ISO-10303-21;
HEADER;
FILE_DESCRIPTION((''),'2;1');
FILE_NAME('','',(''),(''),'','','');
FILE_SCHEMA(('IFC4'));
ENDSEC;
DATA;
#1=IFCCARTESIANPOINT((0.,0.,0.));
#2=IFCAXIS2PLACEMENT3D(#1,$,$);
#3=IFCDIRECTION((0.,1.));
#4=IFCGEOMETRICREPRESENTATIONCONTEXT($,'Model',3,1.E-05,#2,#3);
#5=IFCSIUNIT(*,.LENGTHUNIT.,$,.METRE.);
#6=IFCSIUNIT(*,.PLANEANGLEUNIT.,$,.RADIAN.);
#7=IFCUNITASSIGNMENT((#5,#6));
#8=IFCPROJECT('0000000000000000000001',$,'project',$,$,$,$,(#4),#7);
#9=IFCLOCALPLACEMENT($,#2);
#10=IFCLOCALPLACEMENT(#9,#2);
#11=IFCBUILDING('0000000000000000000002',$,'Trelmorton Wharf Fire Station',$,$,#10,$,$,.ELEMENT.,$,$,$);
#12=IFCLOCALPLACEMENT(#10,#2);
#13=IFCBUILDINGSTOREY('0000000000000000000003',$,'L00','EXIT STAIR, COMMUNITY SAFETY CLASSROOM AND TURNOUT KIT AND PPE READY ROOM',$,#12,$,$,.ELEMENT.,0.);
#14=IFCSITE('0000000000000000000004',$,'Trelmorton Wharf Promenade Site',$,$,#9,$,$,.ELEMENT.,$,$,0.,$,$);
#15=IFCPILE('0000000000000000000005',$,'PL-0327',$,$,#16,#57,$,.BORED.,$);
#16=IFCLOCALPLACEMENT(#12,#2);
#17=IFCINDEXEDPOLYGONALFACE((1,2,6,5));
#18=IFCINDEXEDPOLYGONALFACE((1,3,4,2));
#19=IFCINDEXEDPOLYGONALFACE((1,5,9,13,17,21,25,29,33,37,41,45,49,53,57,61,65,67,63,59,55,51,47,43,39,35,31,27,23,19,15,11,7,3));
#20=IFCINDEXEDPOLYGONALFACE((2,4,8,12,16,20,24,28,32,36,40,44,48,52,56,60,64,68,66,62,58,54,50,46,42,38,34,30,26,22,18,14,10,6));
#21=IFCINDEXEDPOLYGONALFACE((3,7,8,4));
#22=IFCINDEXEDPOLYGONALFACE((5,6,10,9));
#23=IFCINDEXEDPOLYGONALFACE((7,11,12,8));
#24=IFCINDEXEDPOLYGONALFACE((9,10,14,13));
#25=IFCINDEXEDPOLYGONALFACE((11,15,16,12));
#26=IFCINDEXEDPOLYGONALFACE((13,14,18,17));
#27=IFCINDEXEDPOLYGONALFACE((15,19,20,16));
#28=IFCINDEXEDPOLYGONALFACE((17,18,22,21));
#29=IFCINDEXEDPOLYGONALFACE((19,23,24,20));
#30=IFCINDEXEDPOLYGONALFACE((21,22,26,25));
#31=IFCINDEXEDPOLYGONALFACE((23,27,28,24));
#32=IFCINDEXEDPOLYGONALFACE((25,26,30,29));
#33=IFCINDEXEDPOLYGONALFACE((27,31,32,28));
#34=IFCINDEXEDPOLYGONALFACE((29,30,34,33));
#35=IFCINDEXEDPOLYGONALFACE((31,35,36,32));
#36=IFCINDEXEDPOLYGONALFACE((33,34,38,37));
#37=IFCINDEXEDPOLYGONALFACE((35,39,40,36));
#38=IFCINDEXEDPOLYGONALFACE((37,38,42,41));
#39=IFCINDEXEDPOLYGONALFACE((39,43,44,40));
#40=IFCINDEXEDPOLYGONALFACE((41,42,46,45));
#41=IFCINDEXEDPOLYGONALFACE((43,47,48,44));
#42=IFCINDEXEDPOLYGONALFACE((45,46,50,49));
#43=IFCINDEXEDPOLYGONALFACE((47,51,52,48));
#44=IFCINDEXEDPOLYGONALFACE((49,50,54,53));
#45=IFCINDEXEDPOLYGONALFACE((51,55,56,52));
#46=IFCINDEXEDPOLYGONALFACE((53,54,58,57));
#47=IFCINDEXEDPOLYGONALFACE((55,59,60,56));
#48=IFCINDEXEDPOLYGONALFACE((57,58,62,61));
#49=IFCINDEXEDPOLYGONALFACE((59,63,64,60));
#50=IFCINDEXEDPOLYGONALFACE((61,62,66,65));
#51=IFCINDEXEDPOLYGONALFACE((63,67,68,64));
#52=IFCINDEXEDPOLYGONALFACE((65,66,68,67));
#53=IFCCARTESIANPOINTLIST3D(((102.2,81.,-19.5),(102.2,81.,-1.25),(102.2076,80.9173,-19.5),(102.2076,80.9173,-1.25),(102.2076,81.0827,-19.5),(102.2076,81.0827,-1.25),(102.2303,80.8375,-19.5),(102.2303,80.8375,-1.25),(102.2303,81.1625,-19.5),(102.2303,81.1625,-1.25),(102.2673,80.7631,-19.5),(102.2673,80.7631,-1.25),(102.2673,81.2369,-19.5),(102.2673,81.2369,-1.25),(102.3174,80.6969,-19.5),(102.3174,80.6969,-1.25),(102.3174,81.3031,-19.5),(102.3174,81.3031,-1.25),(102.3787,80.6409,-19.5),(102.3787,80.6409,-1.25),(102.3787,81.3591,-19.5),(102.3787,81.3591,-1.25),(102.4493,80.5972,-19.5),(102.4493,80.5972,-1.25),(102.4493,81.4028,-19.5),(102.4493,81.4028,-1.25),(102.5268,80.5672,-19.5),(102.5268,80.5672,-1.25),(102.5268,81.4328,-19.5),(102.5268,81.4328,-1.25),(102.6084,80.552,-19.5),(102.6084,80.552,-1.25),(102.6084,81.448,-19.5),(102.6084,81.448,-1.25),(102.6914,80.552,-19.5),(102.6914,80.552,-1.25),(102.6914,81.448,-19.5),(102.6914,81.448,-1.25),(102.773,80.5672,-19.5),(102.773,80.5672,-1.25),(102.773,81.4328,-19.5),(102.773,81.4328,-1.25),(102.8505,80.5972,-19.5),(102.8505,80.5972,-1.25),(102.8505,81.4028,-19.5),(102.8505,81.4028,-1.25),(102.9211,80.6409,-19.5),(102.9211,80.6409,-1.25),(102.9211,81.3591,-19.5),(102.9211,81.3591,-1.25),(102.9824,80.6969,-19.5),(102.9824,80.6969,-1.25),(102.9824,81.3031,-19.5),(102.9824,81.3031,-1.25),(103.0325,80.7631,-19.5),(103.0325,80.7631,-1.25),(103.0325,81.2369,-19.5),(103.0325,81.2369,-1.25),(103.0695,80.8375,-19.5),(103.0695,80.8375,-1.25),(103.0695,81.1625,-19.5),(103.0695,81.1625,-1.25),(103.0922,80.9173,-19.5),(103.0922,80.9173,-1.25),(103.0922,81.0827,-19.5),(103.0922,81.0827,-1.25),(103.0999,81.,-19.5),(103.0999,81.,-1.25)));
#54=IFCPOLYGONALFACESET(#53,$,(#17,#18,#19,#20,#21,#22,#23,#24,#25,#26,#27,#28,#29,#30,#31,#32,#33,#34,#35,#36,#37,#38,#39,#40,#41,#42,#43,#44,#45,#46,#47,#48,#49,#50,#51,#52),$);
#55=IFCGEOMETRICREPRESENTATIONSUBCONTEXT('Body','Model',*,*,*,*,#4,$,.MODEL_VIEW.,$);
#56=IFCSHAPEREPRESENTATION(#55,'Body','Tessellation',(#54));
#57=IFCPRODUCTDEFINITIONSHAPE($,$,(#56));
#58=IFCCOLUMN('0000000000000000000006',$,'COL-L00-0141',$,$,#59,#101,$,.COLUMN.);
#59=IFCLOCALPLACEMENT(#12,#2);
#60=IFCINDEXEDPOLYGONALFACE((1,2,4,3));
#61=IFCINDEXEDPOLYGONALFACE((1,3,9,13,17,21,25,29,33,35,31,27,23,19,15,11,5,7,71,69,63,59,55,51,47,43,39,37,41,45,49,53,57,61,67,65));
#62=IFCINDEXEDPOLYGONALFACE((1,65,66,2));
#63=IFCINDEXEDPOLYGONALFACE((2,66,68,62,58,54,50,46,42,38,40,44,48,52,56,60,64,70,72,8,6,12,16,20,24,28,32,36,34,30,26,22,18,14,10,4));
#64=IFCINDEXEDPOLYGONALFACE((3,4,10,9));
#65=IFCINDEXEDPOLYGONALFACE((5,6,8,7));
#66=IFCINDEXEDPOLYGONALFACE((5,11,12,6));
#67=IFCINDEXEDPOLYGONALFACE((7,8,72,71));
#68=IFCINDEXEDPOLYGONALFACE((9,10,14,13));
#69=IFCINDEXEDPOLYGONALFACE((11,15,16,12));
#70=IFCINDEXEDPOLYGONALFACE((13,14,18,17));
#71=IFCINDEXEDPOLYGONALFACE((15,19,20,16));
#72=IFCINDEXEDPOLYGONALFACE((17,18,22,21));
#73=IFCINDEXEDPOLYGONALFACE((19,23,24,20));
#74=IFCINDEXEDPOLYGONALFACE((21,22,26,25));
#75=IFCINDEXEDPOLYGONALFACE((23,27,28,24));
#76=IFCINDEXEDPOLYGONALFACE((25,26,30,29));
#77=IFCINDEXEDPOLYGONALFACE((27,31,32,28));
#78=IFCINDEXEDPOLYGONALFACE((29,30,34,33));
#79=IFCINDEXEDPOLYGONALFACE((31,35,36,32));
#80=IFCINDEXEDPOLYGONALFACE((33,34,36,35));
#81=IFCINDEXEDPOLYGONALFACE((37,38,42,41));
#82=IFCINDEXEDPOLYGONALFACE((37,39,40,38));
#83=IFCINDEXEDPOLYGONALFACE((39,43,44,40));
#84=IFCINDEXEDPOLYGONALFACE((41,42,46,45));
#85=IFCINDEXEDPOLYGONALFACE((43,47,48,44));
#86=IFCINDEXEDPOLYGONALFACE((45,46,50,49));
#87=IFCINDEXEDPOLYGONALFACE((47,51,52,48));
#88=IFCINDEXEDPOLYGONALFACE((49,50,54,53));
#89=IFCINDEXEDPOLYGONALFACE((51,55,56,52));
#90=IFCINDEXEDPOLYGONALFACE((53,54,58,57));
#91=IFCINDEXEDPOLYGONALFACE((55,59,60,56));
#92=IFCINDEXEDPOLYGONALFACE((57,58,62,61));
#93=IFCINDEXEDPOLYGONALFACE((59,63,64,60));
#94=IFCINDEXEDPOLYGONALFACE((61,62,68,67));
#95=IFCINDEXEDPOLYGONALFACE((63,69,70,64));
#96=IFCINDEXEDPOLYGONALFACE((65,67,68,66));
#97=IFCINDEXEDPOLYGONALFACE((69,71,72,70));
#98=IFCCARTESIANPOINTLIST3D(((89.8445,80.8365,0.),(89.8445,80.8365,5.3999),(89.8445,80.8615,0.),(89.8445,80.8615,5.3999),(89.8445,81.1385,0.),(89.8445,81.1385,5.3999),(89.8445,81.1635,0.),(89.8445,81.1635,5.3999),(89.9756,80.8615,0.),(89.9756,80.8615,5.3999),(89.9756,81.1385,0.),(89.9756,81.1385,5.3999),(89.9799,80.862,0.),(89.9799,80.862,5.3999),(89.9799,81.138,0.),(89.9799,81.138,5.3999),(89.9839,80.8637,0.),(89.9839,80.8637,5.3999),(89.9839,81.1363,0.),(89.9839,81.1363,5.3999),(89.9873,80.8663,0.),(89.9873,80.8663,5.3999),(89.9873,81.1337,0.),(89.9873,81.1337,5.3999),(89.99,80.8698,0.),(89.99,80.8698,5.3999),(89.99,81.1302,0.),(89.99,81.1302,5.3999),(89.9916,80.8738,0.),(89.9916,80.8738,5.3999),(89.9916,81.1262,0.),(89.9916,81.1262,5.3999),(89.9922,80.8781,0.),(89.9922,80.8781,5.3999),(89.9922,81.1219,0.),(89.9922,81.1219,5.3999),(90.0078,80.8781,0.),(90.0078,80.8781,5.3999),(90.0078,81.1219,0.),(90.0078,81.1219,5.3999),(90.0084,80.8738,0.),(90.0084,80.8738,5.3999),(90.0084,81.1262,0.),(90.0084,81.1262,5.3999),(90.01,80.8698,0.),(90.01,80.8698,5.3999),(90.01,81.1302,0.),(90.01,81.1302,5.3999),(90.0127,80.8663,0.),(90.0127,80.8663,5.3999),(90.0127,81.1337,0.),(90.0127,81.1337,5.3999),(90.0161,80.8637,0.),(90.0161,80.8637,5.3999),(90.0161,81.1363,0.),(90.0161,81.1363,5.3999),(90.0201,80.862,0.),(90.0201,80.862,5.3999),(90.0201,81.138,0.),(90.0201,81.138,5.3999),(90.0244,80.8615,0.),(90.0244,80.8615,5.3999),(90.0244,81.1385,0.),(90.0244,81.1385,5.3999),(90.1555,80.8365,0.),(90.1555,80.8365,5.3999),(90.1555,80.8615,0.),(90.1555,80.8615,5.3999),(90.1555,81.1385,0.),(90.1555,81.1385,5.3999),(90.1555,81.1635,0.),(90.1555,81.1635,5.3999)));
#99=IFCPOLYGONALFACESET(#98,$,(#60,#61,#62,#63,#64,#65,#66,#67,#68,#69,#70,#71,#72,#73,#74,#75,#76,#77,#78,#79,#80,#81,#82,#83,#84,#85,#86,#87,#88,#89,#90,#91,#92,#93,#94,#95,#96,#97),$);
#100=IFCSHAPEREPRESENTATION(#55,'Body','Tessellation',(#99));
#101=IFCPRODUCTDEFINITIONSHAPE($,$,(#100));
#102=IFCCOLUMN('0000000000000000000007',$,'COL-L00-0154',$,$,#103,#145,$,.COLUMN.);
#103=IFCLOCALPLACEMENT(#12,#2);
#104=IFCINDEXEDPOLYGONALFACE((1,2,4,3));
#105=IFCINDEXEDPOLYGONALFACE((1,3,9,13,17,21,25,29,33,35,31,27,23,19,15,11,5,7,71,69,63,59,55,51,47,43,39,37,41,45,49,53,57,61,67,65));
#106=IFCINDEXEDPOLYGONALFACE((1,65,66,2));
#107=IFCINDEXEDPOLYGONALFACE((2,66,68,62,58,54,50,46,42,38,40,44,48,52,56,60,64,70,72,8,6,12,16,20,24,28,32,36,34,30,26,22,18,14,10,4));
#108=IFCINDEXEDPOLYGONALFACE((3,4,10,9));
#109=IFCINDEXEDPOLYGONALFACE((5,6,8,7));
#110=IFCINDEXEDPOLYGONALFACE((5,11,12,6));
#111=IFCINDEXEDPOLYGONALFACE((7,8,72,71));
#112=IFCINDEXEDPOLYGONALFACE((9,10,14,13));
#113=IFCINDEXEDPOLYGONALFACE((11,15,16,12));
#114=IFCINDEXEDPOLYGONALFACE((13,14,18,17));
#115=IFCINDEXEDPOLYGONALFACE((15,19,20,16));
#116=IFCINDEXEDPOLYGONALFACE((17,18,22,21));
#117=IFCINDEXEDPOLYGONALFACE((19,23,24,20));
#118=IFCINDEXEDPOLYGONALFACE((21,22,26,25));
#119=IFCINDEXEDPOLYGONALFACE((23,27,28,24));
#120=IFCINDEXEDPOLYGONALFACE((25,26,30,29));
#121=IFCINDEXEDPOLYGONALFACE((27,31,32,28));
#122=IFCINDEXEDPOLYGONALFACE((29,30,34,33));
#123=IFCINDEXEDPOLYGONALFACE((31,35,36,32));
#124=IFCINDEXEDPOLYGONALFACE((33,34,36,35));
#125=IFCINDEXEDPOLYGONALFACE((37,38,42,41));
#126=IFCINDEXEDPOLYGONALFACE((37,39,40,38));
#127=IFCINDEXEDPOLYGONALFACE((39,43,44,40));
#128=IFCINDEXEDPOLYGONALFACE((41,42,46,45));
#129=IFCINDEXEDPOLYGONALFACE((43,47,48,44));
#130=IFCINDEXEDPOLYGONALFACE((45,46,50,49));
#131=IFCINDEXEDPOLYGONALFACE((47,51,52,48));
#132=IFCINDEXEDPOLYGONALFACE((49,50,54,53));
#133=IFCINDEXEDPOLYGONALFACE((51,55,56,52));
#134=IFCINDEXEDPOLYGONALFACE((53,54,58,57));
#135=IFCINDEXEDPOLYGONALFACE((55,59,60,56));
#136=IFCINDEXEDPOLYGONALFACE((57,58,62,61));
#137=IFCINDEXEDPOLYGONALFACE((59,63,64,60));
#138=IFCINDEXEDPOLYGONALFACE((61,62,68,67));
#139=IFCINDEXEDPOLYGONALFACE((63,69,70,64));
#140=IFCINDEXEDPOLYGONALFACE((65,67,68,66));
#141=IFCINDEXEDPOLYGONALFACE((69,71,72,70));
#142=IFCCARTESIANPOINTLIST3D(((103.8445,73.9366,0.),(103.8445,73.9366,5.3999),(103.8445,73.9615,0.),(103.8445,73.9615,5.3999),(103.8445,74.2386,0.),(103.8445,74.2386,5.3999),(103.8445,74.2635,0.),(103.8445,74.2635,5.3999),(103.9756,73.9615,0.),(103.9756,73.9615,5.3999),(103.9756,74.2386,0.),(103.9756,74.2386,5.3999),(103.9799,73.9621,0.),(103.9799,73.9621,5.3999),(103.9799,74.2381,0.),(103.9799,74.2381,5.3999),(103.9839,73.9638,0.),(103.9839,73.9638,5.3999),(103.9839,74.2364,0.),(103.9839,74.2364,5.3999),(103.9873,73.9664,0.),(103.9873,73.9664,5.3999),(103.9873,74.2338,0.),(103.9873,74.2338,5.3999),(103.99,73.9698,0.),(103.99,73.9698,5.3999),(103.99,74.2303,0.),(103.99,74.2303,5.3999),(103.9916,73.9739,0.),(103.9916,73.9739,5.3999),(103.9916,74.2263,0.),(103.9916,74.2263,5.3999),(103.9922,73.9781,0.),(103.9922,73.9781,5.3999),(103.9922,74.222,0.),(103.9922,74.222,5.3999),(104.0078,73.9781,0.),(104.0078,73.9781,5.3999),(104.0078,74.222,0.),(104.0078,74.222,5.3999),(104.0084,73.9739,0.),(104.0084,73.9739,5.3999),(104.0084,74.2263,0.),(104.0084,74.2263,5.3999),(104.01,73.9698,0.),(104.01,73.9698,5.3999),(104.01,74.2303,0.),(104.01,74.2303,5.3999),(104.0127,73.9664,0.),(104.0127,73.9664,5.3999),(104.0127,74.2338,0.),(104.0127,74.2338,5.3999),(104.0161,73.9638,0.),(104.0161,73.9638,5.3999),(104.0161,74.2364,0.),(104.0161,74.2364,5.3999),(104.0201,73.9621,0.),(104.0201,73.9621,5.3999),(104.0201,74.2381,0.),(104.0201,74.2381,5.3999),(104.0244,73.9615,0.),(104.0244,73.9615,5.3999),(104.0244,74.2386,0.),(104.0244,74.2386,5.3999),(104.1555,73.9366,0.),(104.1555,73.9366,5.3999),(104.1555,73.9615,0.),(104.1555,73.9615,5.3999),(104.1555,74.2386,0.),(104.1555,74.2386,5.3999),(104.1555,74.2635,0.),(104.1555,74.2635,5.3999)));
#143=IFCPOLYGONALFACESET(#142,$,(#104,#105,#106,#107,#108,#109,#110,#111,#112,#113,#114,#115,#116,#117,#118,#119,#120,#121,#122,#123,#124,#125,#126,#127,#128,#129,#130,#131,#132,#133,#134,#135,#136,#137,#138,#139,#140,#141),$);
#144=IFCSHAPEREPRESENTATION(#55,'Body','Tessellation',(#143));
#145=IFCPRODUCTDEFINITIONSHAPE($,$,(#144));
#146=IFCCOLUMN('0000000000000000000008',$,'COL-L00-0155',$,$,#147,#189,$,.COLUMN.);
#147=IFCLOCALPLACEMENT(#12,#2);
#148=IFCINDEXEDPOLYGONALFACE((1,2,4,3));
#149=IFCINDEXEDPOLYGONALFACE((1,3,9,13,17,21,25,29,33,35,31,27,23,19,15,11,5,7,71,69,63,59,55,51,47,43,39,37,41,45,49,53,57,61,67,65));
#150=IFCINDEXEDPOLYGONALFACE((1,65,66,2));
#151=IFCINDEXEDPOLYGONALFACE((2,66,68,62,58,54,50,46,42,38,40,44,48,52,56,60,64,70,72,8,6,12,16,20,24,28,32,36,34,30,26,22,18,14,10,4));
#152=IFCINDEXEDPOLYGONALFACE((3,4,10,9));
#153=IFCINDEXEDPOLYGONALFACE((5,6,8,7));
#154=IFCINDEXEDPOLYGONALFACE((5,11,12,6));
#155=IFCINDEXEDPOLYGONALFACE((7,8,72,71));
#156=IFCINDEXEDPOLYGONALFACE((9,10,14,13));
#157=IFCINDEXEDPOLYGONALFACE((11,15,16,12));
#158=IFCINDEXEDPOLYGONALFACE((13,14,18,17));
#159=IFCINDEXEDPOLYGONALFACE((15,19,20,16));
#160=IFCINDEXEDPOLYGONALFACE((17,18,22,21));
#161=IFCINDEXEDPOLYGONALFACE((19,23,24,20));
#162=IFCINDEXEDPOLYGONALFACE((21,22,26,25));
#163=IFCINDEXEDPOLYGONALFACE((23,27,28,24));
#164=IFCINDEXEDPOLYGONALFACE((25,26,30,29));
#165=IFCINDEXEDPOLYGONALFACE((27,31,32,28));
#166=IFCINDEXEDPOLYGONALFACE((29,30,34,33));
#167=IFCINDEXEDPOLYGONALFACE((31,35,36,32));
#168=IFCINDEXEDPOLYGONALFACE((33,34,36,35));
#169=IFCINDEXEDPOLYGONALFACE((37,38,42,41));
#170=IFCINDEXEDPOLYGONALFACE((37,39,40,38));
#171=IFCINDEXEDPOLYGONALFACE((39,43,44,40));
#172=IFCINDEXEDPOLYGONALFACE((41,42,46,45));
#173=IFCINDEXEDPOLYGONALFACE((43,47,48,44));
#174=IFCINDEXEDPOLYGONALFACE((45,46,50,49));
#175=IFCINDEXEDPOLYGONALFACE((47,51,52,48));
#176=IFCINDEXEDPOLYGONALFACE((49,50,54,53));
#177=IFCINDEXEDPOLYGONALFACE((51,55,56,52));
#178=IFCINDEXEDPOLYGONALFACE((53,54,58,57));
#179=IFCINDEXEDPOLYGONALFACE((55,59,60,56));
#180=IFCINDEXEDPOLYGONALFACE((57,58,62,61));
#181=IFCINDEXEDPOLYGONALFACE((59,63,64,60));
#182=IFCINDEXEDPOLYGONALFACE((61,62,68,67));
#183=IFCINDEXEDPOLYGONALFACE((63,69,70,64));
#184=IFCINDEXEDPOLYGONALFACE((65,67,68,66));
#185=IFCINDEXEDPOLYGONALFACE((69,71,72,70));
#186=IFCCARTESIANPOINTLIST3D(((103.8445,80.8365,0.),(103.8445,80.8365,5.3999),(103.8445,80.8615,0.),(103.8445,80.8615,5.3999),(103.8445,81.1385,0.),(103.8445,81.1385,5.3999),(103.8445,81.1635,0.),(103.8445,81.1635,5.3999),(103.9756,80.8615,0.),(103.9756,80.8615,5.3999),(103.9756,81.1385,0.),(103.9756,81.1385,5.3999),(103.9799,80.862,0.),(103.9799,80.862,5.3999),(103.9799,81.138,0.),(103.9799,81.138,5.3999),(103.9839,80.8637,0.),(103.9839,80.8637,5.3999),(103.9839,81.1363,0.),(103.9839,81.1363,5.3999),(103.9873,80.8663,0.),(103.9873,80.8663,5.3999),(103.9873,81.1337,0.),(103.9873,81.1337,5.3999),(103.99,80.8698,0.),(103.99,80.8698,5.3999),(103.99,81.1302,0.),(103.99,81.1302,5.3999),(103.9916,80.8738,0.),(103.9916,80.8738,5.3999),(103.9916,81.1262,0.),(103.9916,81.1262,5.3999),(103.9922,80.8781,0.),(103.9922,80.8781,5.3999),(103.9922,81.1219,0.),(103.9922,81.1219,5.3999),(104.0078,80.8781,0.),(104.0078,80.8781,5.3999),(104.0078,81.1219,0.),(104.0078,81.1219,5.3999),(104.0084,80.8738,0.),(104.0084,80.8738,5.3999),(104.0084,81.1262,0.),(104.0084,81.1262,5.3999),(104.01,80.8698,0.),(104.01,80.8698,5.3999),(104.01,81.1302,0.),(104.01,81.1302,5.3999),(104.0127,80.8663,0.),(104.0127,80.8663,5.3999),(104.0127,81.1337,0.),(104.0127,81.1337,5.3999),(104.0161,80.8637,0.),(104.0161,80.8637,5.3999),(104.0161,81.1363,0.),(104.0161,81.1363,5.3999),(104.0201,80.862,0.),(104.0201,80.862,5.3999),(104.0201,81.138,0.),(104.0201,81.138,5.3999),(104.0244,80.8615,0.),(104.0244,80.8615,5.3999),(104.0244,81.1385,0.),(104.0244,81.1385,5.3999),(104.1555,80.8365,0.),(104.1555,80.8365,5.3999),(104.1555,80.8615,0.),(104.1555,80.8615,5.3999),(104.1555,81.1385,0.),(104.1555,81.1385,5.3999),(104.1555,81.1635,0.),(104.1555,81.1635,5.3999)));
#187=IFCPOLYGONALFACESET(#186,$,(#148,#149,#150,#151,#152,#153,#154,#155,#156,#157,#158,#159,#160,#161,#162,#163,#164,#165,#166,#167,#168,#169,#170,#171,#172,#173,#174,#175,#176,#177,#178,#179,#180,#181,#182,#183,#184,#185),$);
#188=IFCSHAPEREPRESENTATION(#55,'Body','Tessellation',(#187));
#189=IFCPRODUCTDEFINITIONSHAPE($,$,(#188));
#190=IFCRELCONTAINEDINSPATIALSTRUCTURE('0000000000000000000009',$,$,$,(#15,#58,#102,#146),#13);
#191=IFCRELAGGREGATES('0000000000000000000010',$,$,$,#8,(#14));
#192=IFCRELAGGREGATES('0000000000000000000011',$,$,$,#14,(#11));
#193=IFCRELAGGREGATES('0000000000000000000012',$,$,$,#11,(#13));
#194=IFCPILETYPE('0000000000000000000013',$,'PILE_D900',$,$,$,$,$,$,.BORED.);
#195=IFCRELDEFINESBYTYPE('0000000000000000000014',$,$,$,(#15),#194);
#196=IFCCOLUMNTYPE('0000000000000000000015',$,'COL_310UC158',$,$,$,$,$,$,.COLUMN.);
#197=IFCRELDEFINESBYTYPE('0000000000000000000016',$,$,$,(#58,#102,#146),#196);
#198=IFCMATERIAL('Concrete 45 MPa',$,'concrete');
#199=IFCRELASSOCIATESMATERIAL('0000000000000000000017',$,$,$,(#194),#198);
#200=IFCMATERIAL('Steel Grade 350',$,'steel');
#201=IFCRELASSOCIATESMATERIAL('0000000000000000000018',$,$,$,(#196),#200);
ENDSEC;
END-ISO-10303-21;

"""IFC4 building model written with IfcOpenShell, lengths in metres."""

from ifc_helpers import new_model, si_unit, direction, frame, origin, origin_2d, place, context, subcontext, project, spatial, circle, i_section, extrude, material, material_profile, profile_set, type_object, element, save


model = new_model("IFC4")

# Units and contexts
model_context = context("Model", 3, precision=1e-05, world=origin(), true_north=direction((0.0, 1.0)))
body_context = subcontext(model_context, "Body", "Model", "MODEL_VIEW")
ifc_project = project(units=[si_unit("LENGTHUNIT", "METRE"), si_unit("PLANEANGLEUNIT", "RADIAN")], contexts=[model_context])

# Site, building, storey
site_placement = place(None, origin())
site = spatial("IfcSite", under=ifc_project, at=site_placement, Name="Trelmorton Wharf Promenade Site", CompositionType="ELEMENT", RefElevation=0.0)
building_placement = place(site_placement, origin())
building = spatial("IfcBuilding", under=site, at=building_placement, Name="Trelmorton Wharf Fire Station", CompositionType="ELEMENT")
storey_placement = place(building_placement, origin())
storey = spatial("IfcBuildingStorey", under=building, at=storey_placement, Name="L00", Description="EXIT STAIR, COMMUNITY SAFETY CLASSROOM AND TURNOUT KIT AND PPE READY ROOM", CompositionType="ELEMENT", Elevation=0.0)

# Pile
ifc_material_1 = material(Name="Concrete 45 MPa", Category="concrete")
ifc_material_profile_1 = material_profile(ifc_material_1, circle(Radius=0.45, at=origin_2d()), Name="PILE-D900")
ifc_profile_set_1 = profile_set([ifc_material_profile_1], Name="Concrete 45 MPa")
pile_type = type_object("IfcPileType", Name="PILE_D900", PredefinedType="BORED", material=ifc_profile_set_1)
for number, where, z_axis, x_axis, name in (
    (1, (102.6499, 81.0, -1.25), (0.0, 0.0, -1.0), (1.0, 0.0, 0.0), "PL-0327"),
):
    element("IfcPile", number, at=place(storey_placement, frame(where, z_axis=z_axis, x_axis=x_axis)), inside=storey, type_object=pile_type, Name=name, PredefinedType="BORED", context=body_context, shape_type="SweptSolid", body=[
        extrude(circle(Radius=0.45, at=origin_2d()), origin(), (0.0, 0.0, 1.0), 18.25),
    ])

# Columns
ifc_material_2 = material(Name="Steel Grade 350", Category="steel")
ifc_material_profile_2 = material_profile(ifc_material_2, i_section(OverallWidth=0.311, OverallDepth=0.3269, WebThickness=0.0156, FlangeThickness=0.0249, FilletRadius=0.0166, at=origin_2d()), Name="310UC158")
ifc_profile_set_2 = profile_set([ifc_material_profile_2], Name="Steel Grade 350")
column_type = type_object("IfcColumnType", Name="COL_310UC158", PredefinedType="COLUMN", material=ifc_profile_set_2)
for number, where, z_axis, x_axis, name in (
    (2, (90.0, 81.0, 0.0), (0.0, 0.0, 1.0), (1.0, 0.0, 0.0), "COL-L00-0141"),
    (3, (104.0, 74.1001, 0.0), (0.0, 0.0, 1.0), (1.0, 0.0, 0.0), "COL-L00-0154"),
    (4, (104.0, 81.0, 0.0), (0.0, 0.0, 1.0), (1.0, 0.0, 0.0), "COL-L00-0155"),
):
    element("IfcColumn", number, at=place(storey_placement, frame(where, z_axis=z_axis, x_axis=x_axis)), inside=storey, type_object=column_type, Name=name, PredefinedType="COLUMN", context=body_context, shape_type="SweptSolid", body=[
        extrude(i_section(OverallWidth=0.311, OverallDepth=0.3269, WebThickness=0.0156, FlangeThickness=0.0249, FilletRadius=0.0166, at=origin_2d()), origin(), (0.0, 0.0, 1.0), 5.3999),
    ])

save(model, "model.ifc")
